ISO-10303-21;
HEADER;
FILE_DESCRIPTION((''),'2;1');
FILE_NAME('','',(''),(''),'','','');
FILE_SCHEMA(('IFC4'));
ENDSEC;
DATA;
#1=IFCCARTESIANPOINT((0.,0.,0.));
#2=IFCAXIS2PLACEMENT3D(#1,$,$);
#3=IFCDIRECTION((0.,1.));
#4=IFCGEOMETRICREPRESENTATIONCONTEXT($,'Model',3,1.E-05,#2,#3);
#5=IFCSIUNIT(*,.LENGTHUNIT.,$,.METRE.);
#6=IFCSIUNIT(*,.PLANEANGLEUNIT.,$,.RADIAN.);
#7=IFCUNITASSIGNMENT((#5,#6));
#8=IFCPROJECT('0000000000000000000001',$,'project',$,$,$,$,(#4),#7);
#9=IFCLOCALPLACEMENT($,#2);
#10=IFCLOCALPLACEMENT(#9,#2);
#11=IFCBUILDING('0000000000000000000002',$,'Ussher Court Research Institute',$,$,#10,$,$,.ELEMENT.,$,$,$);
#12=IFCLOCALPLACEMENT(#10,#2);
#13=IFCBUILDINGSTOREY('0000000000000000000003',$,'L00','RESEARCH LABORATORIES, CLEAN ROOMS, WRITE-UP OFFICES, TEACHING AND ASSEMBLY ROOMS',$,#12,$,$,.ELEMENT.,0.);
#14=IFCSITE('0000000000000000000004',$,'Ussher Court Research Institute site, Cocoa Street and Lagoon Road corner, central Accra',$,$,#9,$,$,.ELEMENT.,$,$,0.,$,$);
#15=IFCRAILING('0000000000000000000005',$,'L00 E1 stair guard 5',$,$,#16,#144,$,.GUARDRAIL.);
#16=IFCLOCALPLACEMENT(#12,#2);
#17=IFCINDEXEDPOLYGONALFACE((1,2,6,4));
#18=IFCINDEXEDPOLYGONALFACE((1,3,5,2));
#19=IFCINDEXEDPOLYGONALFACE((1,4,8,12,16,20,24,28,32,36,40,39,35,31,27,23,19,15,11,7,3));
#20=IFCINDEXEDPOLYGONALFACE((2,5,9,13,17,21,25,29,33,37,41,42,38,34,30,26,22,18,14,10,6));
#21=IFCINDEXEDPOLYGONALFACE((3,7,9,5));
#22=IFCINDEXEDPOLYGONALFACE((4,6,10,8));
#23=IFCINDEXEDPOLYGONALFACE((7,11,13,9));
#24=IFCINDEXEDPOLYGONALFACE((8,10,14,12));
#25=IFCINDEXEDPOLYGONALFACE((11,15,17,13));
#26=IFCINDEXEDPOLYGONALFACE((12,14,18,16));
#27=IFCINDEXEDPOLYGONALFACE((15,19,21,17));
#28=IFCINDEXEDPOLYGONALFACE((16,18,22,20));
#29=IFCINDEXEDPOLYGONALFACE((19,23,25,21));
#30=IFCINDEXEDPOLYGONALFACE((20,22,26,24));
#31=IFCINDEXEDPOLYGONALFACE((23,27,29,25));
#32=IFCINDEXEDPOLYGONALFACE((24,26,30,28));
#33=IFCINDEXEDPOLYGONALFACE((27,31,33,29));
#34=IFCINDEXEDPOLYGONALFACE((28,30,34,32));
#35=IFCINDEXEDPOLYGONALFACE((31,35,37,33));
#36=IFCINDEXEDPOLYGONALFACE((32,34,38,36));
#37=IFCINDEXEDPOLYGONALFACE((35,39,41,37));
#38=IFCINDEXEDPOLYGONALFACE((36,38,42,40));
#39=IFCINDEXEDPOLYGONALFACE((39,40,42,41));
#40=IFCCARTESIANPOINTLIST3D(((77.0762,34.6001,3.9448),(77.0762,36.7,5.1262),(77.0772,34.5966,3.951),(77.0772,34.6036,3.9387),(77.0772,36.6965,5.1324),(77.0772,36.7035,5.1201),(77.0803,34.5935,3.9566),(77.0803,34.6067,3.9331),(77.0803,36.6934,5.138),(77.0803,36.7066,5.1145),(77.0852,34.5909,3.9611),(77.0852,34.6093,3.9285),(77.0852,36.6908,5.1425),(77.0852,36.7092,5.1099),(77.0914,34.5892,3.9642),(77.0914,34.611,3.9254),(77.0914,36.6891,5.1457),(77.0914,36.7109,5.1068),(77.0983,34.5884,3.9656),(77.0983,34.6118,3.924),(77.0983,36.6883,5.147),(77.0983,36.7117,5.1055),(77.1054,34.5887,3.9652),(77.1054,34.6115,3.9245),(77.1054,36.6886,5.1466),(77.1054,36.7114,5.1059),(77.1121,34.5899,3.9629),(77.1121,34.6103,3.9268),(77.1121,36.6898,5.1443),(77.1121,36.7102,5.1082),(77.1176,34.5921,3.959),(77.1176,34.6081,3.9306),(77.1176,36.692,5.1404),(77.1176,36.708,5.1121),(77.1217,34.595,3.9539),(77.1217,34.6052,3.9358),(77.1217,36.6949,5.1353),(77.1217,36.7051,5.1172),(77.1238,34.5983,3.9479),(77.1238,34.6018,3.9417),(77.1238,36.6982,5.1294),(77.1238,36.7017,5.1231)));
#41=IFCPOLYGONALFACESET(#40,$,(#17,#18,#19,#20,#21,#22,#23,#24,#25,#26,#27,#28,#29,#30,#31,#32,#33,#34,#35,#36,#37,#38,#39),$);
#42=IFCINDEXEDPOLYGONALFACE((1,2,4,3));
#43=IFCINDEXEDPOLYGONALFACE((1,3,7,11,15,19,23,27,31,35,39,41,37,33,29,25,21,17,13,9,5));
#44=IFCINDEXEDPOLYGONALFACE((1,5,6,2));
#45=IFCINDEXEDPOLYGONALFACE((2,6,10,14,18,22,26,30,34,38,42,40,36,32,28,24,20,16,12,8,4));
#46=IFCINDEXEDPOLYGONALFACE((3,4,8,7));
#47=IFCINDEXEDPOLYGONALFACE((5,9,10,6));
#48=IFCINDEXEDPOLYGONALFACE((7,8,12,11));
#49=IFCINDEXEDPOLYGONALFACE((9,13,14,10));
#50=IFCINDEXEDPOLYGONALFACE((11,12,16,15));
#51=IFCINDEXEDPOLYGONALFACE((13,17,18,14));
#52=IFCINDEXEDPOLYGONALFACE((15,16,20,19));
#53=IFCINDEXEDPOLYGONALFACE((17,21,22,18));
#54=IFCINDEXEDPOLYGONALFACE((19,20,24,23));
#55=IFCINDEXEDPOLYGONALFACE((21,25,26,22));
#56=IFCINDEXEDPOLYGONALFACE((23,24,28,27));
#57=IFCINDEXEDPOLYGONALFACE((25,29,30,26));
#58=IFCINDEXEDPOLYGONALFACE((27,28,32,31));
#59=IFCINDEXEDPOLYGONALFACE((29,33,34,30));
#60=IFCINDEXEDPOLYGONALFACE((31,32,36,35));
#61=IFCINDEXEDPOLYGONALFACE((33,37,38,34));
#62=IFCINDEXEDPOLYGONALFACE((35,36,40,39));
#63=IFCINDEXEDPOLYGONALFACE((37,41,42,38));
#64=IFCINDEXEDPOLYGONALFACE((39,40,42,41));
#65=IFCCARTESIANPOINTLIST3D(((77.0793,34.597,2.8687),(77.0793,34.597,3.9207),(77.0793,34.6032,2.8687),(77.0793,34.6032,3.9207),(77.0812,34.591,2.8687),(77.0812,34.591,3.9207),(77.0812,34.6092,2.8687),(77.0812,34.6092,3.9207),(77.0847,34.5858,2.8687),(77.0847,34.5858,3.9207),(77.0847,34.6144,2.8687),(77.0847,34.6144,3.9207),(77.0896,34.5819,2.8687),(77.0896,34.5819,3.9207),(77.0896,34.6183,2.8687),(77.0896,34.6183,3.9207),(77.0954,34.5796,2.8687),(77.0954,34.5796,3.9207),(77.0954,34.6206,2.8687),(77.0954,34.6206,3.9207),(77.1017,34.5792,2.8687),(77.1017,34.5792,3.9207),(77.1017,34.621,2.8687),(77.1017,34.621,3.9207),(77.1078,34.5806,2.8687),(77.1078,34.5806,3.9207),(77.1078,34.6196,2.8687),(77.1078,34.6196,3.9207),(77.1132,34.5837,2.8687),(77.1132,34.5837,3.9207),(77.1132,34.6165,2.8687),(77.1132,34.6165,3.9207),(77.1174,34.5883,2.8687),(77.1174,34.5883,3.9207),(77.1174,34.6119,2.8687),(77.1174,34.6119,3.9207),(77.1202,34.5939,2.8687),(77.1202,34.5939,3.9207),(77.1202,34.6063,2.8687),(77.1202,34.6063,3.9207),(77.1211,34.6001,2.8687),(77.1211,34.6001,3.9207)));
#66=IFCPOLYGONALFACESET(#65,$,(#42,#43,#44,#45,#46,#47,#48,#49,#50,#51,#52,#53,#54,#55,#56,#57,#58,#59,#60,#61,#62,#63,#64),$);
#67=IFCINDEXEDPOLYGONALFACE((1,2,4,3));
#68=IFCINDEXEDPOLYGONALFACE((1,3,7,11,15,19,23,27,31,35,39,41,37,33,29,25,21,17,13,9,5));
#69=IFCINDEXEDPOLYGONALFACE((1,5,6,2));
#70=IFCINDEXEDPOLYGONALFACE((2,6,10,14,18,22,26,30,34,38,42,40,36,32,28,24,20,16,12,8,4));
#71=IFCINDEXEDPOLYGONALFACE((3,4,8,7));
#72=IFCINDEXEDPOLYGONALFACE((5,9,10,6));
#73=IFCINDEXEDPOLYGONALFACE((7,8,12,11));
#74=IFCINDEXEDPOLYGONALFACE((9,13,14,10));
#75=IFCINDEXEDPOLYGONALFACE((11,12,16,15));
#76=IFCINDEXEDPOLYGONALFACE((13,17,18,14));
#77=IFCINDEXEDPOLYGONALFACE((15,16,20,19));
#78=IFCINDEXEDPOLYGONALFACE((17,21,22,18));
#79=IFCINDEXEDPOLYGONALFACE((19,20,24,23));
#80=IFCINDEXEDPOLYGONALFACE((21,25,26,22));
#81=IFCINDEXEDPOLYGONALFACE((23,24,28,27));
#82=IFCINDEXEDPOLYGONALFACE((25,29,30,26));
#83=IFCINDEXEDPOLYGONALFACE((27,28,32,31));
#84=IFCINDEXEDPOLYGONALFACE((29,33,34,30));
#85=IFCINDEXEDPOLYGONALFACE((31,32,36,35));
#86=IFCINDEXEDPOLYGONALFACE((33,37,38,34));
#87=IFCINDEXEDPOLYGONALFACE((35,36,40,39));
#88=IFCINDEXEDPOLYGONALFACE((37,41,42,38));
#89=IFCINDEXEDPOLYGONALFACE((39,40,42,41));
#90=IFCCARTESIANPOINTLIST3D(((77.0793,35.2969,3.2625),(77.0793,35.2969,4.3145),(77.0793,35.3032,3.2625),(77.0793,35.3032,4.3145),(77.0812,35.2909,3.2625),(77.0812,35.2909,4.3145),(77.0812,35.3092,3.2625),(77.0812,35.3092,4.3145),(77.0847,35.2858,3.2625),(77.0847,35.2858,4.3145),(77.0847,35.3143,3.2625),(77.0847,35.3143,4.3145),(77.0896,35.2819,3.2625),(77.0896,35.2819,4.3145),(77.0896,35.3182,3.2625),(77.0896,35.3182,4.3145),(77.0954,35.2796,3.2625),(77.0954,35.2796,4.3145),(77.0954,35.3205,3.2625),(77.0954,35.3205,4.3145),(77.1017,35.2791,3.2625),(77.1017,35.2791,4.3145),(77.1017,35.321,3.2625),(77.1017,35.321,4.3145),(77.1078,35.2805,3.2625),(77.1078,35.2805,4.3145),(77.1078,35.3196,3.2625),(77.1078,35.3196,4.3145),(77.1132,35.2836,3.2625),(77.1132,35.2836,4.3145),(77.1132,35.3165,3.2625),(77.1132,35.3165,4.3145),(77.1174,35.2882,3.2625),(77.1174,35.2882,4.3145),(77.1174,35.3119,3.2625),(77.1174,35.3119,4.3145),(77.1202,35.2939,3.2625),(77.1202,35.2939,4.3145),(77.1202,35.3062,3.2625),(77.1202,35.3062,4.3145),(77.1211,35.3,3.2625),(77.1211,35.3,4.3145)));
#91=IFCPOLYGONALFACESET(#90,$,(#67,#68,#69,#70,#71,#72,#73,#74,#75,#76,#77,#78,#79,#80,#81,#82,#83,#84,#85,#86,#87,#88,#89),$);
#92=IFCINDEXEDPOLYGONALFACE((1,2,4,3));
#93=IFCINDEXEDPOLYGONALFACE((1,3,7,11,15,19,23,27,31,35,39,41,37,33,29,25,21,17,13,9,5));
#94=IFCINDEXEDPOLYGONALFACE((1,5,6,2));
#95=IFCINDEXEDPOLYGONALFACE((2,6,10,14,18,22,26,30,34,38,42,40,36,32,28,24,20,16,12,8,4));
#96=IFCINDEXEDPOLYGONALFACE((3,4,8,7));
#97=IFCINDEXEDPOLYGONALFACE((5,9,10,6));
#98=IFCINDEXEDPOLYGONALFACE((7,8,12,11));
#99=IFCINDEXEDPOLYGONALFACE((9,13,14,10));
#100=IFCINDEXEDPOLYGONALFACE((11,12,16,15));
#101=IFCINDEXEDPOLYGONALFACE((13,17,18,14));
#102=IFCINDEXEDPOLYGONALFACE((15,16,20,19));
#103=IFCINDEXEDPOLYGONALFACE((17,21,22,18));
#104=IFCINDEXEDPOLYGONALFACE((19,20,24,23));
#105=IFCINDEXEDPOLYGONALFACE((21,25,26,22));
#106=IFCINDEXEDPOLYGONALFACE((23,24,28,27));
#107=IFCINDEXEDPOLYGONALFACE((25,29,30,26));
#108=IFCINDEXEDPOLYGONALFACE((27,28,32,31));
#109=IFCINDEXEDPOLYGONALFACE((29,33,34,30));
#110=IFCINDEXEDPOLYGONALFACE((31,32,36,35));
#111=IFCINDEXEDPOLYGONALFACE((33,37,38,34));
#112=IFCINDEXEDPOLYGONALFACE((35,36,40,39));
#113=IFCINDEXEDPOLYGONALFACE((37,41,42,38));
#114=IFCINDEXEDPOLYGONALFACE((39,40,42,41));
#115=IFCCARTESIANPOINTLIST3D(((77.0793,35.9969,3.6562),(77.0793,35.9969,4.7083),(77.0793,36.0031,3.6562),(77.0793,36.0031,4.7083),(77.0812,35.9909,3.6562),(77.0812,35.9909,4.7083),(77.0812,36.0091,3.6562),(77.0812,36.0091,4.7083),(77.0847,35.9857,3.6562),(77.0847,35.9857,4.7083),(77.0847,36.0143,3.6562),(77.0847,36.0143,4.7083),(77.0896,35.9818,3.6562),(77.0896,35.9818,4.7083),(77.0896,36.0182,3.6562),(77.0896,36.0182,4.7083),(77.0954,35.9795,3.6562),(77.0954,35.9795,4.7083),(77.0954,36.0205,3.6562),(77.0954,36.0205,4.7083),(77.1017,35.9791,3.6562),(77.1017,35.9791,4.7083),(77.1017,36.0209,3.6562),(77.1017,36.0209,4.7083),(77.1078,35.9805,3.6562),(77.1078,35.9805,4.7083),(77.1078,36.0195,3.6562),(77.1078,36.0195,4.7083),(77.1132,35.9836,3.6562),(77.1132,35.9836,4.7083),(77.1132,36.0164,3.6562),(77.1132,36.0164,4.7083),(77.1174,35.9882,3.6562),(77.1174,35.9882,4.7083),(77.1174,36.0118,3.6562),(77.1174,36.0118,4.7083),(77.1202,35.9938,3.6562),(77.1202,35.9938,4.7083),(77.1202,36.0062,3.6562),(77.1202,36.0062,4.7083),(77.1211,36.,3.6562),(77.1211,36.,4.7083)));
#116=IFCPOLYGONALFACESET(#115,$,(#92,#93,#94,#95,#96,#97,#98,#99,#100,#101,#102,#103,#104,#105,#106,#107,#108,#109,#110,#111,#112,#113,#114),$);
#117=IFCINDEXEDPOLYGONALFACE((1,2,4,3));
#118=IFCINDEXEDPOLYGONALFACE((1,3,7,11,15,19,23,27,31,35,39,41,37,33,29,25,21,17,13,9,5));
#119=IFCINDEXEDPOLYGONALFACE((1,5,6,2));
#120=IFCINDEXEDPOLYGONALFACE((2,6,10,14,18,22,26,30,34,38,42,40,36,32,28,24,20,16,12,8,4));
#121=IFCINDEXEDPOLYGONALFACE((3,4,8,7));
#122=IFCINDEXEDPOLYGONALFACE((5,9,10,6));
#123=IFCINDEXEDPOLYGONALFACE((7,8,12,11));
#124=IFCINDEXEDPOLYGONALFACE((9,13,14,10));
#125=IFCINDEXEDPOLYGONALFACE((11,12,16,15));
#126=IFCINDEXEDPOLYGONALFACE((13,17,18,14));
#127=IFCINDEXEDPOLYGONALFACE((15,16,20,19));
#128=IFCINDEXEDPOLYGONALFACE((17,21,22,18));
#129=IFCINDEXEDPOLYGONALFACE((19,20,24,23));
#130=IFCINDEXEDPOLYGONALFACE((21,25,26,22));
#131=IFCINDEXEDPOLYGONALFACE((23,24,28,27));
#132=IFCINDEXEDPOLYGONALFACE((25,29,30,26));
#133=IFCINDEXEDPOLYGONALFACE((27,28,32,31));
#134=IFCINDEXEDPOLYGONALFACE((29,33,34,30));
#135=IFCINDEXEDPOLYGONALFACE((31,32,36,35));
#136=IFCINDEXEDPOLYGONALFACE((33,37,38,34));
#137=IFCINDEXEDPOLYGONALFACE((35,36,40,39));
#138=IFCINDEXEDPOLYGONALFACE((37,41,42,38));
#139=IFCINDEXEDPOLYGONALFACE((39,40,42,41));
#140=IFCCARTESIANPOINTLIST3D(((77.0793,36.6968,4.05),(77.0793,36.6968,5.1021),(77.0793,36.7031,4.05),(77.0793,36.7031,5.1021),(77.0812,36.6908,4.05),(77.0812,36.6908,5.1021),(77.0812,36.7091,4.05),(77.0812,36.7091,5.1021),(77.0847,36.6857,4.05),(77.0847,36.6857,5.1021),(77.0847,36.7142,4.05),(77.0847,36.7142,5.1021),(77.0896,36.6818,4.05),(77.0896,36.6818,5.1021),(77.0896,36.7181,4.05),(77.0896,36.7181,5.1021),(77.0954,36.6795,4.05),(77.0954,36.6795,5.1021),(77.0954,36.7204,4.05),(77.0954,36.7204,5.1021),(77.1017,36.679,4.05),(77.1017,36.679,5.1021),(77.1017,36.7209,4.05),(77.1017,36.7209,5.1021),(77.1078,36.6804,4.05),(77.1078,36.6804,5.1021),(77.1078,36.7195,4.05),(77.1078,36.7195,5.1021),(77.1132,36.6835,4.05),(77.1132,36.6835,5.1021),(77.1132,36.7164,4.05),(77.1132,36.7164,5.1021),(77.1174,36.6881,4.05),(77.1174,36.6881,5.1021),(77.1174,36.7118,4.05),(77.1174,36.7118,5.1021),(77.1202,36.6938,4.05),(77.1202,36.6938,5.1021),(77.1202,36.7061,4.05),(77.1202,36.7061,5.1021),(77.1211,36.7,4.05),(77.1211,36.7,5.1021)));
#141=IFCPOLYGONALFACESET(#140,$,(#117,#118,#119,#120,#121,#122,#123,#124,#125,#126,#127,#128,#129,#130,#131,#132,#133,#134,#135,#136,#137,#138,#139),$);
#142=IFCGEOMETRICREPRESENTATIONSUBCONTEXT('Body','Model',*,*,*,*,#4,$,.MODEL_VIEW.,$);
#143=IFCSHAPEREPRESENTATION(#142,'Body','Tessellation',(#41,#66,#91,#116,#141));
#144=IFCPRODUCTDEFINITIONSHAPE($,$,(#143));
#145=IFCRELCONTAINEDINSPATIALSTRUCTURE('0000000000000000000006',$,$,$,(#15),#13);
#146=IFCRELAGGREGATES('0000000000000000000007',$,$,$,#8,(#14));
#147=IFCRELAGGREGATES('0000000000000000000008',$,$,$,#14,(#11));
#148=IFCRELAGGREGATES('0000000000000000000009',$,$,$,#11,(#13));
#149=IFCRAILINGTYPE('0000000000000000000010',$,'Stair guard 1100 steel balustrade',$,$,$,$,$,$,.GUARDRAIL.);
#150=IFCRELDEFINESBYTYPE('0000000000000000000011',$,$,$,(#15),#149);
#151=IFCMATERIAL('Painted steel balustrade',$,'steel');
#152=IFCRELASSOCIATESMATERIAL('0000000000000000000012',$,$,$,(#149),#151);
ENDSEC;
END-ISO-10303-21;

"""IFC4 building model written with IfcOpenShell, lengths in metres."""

from ifc_helpers import new_model, si_unit, direction, frame, origin, origin_2d, place, context, subcontext, project, spatial, circle, extrude, material, type_object, element, save


model = new_model("IFC4")

# Units and contexts
model_context = context("Model", 3, precision=1e-05, world=origin(), true_north=direction((0.0, 1.0)))
body_context = subcontext(model_context, "Body", "Model", "MODEL_VIEW")
ifc_project = project(units=[si_unit("LENGTHUNIT", "METRE"), si_unit("PLANEANGLEUNIT", "RADIAN")], contexts=[model_context])

# Site, building, storey
site_placement = place(None, origin())
site = spatial("IfcSite", under=ifc_project, at=site_placement, Name="Ussher Court Research Institute site, Cocoa Street and Lagoon Road corner, central Accra", CompositionType="ELEMENT", RefElevation=0.0)
building_placement = place(site_placement, origin())
building = spatial("IfcBuilding", under=site, at=building_placement, Name="Ussher Court Research Institute", CompositionType="ELEMENT")
storey_placement = place(building_placement, origin())
storey = spatial("IfcBuildingStorey", under=building, at=storey_placement, Name="L00", Description="RESEARCH LABORATORIES, CLEAN ROOMS, WRITE-UP OFFICES, TEACHING AND ASSEMBLY ROOMS", CompositionType="ELEMENT", Elevation=0.0)

# Railing
ifc_material_1 = material(Name="Painted steel balustrade", Category="steel")
railing_type_1 = type_object("IfcRailingType", Name="Stair guard 1100 steel balustrade", PredefinedType="GUARDRAIL", material=ifc_material_1)
for number, where, name in (
    (1, (77.1001, 34.6001, 2.8687), "L00 E1 stair guard 5"),
):
    element("IfcRailing", number, at=place(storey_placement, frame(where)), inside=storey, type_object=railing_type_1, Name=name, PredefinedType="GUARDRAIL", context=body_context, shape_type="SweptSolid", body=[
        extrude(circle(Radius=0.0239, at=origin_2d()), frame((0.0, 0.0, 1.0762), z_axis=(0.0, 0.871535, 0.490333), x_axis=(-1.0, 0.0, 0.0)), (0.0, 0.0, 1.0), 2.4094),
        extrude(circle(Radius=0.021, at=origin_2d()), origin(), (0.0, 0.0, 1.0), 1.052),
        extrude(circle(Radius=0.021, at=origin_2d()), frame((0.0, 0.7, 0.3938)), (0.0, 0.0, 1.0), 1.052),
        extrude(circle(Radius=0.021, at=origin_2d()), frame((0.0, 1.3999, 0.7876)), (0.0, 0.0, 1.0), 1.052),
        extrude(circle(Radius=0.021, at=origin_2d()), frame((0.0, 2.0999, 1.1814)), (0.0, 0.0, 1.0), 1.052),
    ])

save(model, "model.ifc")
